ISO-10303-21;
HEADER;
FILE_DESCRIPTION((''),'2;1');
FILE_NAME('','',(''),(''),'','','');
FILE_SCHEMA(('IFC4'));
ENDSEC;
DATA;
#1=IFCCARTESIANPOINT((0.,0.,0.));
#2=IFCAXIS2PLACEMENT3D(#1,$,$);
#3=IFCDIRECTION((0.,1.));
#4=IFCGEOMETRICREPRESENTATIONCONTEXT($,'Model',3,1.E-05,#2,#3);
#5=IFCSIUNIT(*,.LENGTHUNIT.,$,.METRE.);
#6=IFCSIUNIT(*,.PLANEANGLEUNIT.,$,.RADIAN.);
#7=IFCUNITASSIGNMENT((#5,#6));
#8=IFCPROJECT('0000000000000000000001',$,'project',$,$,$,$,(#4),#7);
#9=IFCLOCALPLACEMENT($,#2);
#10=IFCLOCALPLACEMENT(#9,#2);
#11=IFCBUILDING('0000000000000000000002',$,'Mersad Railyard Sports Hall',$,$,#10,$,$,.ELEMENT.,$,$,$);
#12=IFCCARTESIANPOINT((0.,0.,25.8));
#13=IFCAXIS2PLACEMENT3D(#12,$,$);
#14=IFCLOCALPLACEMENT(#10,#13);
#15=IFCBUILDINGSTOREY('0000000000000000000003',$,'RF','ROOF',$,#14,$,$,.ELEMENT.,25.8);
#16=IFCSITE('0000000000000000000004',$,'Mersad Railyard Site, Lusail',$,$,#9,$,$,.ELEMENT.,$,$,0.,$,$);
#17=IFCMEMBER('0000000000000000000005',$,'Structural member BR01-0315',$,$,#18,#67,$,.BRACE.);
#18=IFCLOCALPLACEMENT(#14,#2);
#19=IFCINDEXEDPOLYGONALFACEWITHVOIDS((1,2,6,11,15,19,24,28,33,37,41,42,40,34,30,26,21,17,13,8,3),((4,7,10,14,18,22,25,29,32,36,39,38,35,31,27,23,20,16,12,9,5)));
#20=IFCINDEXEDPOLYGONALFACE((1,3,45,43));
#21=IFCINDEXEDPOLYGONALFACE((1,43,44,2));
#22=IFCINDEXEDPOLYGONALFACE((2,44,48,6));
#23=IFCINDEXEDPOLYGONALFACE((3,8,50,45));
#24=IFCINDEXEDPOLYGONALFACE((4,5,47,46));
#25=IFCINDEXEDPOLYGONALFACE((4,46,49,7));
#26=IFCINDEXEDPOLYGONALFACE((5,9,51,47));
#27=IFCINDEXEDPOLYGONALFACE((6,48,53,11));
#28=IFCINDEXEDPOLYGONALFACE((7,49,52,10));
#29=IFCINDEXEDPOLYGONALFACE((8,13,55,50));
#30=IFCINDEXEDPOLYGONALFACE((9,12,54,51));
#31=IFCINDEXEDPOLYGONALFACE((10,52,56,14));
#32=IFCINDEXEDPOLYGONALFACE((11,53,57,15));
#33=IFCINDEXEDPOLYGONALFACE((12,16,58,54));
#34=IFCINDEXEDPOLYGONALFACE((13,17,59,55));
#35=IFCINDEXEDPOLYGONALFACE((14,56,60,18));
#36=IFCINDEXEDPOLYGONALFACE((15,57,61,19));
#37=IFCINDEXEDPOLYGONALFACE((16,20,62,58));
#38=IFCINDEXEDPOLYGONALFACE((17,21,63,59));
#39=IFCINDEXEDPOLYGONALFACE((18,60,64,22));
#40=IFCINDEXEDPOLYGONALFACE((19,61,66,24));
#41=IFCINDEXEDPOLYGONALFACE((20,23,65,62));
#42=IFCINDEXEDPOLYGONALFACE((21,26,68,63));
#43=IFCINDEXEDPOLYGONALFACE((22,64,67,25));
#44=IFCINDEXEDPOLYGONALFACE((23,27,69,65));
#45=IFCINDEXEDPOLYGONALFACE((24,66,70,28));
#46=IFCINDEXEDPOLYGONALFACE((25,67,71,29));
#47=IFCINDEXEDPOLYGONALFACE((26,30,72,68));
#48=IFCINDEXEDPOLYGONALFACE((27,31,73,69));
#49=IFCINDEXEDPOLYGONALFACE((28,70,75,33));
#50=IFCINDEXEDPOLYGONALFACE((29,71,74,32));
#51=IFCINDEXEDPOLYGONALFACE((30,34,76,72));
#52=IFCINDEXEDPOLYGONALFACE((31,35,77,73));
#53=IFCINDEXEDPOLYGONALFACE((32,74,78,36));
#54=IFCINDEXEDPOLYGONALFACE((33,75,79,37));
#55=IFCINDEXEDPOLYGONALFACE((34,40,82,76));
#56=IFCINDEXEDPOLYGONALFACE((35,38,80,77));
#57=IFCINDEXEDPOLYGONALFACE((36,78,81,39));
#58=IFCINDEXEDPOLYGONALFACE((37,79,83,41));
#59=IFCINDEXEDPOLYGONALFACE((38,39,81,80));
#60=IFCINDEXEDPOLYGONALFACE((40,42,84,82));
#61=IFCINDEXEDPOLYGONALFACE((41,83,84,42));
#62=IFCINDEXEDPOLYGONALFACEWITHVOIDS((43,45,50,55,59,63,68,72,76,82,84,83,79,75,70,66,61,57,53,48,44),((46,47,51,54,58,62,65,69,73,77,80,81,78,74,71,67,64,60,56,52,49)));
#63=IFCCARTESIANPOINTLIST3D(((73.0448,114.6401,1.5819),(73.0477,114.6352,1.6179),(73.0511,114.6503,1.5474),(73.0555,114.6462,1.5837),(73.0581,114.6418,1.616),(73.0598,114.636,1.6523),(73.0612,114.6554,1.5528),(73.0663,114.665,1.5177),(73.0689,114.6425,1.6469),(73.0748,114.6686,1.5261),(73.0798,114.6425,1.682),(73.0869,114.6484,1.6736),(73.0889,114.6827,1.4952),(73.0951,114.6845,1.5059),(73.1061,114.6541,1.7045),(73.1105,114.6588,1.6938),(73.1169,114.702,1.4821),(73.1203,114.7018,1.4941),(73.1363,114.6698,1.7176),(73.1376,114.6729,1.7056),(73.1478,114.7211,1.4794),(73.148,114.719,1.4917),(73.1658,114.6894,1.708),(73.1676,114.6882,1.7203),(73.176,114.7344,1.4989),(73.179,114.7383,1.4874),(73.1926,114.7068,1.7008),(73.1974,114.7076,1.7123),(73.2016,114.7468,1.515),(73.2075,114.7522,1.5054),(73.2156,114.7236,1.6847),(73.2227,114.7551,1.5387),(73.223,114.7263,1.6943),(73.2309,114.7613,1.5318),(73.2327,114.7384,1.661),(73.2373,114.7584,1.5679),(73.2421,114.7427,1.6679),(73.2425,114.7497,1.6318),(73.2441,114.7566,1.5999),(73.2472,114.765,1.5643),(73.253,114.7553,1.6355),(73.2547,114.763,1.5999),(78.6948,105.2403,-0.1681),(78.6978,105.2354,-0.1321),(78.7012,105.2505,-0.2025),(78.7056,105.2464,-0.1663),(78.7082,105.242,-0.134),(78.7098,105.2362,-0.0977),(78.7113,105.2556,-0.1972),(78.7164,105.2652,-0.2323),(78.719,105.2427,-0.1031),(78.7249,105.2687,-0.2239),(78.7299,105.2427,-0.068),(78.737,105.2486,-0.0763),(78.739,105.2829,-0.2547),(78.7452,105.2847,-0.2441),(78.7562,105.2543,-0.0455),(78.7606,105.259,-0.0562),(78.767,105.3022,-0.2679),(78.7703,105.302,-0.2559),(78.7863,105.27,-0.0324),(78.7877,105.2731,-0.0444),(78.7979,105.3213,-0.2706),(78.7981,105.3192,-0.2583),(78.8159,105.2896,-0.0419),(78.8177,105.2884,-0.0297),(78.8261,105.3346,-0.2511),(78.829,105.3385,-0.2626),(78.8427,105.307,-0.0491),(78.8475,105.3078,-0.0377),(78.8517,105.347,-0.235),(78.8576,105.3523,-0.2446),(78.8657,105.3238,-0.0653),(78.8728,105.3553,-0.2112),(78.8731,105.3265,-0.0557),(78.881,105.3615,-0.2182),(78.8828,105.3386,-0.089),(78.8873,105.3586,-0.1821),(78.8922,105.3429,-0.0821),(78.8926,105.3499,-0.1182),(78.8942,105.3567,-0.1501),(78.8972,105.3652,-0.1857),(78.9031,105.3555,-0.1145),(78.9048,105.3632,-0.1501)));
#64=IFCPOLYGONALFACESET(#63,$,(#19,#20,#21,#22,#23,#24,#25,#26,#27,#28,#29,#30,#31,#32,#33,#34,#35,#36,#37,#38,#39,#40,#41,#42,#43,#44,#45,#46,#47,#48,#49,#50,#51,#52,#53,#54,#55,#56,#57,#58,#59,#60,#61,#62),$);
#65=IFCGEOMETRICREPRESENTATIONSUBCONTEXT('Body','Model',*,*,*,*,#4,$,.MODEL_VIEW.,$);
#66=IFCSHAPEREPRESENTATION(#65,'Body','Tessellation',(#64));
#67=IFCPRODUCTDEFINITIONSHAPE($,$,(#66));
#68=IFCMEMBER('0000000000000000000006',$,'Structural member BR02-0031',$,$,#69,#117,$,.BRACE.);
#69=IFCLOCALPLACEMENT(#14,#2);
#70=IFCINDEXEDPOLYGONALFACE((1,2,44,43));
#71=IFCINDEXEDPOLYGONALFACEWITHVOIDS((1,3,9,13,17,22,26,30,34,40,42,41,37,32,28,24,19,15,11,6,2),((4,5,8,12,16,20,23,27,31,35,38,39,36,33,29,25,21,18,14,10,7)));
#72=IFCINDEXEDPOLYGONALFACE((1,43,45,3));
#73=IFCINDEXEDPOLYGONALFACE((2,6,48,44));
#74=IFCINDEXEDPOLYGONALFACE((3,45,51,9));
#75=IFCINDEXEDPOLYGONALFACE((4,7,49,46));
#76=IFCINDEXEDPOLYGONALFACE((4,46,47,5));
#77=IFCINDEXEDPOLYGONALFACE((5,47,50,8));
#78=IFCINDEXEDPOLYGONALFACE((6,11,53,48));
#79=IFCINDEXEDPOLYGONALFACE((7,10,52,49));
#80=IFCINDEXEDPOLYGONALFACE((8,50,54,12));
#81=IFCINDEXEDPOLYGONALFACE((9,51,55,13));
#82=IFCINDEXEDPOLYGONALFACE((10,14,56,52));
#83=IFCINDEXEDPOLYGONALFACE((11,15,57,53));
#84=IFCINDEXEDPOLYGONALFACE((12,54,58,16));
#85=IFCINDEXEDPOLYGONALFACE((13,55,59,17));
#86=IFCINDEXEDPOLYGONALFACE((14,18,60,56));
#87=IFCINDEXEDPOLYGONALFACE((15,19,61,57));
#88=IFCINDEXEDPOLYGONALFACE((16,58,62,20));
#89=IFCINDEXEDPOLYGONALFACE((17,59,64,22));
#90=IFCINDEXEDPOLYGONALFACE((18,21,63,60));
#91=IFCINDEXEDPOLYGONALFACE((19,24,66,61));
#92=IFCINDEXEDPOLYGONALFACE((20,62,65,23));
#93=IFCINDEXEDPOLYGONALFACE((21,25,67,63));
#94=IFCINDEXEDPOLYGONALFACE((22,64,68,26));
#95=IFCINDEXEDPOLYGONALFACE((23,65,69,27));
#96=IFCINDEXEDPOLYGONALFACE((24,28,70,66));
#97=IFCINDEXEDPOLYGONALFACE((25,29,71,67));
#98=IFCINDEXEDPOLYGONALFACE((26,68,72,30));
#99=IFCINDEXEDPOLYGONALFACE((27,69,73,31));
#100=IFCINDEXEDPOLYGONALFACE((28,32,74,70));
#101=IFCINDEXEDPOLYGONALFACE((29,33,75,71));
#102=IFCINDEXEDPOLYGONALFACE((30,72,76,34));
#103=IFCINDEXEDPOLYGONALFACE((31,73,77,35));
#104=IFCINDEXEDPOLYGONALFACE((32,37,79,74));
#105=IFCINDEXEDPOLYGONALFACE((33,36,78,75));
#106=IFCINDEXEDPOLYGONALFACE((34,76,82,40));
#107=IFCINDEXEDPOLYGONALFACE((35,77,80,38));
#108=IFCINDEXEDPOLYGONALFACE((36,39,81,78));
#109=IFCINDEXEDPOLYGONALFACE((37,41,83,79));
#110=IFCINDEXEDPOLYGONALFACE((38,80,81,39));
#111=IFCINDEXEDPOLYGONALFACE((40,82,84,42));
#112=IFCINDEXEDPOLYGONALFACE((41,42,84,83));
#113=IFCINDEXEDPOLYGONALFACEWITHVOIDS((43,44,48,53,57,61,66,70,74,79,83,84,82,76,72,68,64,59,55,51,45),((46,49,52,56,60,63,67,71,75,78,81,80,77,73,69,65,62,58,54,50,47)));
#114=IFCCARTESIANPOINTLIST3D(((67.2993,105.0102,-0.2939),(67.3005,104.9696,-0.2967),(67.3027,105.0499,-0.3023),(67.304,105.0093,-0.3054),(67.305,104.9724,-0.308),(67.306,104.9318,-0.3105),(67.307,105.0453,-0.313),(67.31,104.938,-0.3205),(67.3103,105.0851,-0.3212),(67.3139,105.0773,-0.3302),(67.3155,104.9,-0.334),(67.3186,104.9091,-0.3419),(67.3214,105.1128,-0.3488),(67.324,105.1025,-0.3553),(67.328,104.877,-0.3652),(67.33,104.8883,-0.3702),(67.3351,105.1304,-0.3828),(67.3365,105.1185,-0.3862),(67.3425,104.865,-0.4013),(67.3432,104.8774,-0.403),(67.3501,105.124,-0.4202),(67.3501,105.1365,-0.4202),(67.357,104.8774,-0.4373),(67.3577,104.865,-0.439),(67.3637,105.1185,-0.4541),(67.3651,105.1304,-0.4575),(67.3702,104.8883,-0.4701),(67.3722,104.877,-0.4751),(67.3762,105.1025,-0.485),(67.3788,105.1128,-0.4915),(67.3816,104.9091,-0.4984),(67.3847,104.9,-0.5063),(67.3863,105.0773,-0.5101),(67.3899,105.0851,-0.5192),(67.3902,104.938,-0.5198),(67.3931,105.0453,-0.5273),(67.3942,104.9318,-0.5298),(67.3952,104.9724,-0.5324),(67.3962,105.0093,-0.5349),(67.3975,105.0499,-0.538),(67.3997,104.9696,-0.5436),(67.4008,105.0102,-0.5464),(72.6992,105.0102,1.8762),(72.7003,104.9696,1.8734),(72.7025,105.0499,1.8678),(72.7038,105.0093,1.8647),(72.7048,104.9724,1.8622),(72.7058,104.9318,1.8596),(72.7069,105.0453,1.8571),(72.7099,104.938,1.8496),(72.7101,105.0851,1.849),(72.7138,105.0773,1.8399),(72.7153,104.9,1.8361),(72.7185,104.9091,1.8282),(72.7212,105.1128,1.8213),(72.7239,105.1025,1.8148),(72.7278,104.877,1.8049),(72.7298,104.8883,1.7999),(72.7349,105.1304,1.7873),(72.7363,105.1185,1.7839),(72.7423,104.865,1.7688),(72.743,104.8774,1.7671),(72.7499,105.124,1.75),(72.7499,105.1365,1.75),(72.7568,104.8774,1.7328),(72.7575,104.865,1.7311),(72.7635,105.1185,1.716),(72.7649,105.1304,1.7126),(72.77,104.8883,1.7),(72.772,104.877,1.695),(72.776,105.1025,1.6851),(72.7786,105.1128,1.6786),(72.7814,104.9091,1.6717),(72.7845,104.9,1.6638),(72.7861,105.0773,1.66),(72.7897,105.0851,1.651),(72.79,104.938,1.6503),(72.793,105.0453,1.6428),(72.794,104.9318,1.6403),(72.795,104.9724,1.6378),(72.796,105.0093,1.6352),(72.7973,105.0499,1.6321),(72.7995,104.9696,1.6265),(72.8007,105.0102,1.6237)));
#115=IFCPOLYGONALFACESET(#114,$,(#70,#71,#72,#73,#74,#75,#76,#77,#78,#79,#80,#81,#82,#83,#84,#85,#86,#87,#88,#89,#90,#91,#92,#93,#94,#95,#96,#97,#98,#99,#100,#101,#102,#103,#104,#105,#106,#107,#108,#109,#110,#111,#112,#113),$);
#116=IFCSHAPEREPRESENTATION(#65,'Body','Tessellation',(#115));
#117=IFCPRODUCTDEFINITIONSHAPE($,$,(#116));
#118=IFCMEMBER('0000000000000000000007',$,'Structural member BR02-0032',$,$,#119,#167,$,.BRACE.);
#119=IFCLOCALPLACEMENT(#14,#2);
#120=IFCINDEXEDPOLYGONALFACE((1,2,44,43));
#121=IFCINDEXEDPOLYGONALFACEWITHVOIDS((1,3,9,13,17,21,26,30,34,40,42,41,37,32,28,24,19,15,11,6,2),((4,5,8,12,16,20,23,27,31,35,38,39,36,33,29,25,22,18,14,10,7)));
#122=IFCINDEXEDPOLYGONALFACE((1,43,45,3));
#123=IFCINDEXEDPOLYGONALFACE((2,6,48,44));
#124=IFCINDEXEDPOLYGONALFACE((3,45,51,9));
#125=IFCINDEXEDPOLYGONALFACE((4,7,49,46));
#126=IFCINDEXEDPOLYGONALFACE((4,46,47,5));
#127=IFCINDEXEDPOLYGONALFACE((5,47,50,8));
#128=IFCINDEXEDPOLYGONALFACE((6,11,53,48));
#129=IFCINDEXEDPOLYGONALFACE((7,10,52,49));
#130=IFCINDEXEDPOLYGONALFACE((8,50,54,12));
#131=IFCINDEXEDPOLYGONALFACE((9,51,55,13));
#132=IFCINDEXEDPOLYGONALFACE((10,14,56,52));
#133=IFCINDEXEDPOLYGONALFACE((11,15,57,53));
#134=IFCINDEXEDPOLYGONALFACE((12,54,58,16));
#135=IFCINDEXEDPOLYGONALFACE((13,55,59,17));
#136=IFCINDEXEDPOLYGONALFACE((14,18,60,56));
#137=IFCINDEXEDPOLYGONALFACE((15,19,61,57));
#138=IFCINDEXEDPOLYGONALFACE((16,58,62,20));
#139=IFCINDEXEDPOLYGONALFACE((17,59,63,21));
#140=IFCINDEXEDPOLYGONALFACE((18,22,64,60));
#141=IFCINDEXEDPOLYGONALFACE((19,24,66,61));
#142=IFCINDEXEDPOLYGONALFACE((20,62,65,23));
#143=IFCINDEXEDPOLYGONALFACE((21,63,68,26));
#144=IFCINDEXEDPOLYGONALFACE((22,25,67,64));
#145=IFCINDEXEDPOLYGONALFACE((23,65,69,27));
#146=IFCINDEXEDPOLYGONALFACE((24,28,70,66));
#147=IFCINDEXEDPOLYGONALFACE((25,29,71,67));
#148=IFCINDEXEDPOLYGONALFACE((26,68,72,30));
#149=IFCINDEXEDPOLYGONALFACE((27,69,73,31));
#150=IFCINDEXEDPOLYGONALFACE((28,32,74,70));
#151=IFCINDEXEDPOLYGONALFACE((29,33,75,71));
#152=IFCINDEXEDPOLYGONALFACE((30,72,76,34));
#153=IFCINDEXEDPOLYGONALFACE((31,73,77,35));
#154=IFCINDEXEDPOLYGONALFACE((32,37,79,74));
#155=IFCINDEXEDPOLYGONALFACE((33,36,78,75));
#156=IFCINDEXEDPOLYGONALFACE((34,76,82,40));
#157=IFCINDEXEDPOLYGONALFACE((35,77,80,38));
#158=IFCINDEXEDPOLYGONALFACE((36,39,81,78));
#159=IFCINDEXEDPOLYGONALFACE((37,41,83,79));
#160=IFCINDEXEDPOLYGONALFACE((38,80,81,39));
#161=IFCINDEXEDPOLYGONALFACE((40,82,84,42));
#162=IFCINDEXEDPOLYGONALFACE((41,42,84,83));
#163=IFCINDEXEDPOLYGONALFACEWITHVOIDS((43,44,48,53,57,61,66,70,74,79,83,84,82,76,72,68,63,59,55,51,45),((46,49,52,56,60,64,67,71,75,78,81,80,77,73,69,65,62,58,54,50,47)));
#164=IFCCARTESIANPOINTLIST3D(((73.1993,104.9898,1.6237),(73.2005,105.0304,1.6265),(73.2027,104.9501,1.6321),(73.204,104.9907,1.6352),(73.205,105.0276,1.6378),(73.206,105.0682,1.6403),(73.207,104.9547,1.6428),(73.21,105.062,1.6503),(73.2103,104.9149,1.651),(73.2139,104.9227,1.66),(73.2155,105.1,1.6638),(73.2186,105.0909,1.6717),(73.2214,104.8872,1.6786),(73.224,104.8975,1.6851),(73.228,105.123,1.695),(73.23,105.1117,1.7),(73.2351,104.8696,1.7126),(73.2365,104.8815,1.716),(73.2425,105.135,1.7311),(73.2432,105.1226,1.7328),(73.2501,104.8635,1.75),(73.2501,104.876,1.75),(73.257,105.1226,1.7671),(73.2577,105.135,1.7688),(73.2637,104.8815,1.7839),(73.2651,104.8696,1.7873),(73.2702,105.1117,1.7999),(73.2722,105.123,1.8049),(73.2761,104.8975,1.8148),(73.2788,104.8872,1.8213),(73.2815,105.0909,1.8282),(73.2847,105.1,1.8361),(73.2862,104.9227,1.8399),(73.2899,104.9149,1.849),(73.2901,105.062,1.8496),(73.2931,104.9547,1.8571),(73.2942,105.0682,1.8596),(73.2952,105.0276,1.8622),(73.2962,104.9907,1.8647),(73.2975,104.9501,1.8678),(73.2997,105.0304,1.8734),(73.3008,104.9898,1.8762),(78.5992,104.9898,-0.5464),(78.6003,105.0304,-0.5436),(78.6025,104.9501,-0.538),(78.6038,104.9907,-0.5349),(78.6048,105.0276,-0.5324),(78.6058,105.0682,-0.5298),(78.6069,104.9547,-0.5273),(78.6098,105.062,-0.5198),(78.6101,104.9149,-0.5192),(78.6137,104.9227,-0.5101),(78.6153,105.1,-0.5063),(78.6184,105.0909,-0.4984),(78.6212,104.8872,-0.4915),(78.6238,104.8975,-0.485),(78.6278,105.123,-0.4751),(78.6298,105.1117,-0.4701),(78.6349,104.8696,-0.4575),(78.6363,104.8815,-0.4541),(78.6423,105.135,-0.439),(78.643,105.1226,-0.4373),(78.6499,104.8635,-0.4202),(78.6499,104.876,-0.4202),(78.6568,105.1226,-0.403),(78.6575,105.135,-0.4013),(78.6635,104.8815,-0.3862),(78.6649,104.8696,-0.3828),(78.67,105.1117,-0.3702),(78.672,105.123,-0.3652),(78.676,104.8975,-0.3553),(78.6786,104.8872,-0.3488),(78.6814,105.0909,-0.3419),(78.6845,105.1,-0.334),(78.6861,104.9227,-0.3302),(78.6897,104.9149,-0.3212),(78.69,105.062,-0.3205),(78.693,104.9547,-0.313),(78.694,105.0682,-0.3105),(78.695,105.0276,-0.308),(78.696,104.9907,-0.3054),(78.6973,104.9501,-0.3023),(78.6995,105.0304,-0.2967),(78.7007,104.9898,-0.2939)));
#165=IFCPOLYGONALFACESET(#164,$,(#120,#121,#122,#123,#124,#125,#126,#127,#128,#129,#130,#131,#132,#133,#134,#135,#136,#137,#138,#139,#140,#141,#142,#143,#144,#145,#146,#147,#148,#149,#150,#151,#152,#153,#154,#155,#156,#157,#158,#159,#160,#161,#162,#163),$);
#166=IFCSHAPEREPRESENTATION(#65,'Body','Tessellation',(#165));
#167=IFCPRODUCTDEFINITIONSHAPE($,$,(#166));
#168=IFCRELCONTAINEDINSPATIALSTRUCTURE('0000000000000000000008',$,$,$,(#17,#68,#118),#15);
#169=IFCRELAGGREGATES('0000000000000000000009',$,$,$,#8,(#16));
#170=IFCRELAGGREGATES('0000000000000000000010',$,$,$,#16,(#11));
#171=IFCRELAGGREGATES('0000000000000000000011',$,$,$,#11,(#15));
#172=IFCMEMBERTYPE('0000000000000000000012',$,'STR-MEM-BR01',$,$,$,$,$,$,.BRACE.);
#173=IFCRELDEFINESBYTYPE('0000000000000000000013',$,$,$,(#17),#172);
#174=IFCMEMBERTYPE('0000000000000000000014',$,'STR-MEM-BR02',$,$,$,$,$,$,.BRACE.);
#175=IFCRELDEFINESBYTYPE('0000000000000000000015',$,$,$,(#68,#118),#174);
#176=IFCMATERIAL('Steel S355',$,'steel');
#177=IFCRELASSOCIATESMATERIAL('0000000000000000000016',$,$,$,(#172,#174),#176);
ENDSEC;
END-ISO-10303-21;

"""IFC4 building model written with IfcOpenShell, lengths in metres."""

from ifc_helpers import new_model, si_unit, direction, frame, origin, origin_2d, place, context, subcontext, project, spatial, hollow_circle, extrude, material, material_profile, profile_set, type_object, element, save


model = new_model("IFC4")

# Units and contexts
model_context = context("Model", 3, precision=1e-05, world=origin(), true_north=direction((0.0, 1.0)))
body_context = subcontext(model_context, "Body", "Model", "MODEL_VIEW")
ifc_project = project(units=[si_unit("LENGTHUNIT", "METRE"), si_unit("PLANEANGLEUNIT", "RADIAN")], contexts=[model_context])

# Site, building, storey
site_placement = place(None, origin())
site = spatial("IfcSite", under=ifc_project, at=site_placement, Name="Mersad Railyard Site, Lusail", CompositionType="ELEMENT", RefElevation=0.0)
building_placement = place(site_placement, origin())
building = spatial("IfcBuilding", under=site, at=building_placement, Name="Mersad Railyard Sports Hall", CompositionType="ELEMENT")
storey_placement = place(building_placement, frame((0.0, 0.0, 25.8)))
storey = spatial("IfcBuildingStorey", under=building, at=storey_placement, Name="RF", Description="ROOF", CompositionType="ELEMENT", Elevation=25.8)

# Shared definitions
ifc_material_1 = material(Name="Steel S355", Category="steel")

# Members
ifc_material_profile_1 = material_profile(ifc_material_1, hollow_circle(Radius=0.1223, WallThickness=0.0125, at=origin_2d()), Name="CHS 244.5x12.5")
ifc_profile_set_1 = profile_set([ifc_material_profile_1], Name="Steel S355")
member_type_1 = type_object("IfcMemberType", Name="STR-MEM-BR01", PredefinedType="BRACE", material=ifc_profile_set_1)
member_placement = place(storey_placement, frame((73.1499, 114.7, 1.5999), z_axis=(0.508744, -0.846375, -0.157571), x_axis=(0.857082, 0.51518, 0.0)))
element("IfcMember", 1, at=member_placement, inside=storey, type_object=member_type_1, Name="Structural member BR01-0315", PredefinedType="BRACE", context=body_context, shape_type="SweptSolid", body=[
    extrude(hollow_circle(Radius=0.1223, WallThickness=0.0125, at=origin_2d()), origin(), (0.0, 0.0, 1.0), 11.106),
])
ifc_material_profile_2 = material_profile(ifc_material_1, hollow_circle(Radius=0.1365, WallThickness=0.0125, at=origin_2d()), Name="CHS 273x12.5")
ifc_profile_set_2 = profile_set([ifc_material_profile_2], Name="Steel S355")
member_type_2 = type_object("IfcMemberType", Name="STR-MEM-BR02", PredefinedType="BRACE", material=ifc_profile_set_2)
for number, where, z_axis, x_axis, name in (
    (2, (67.3501, 105.0, -0.4202), (0.927871, 0.0, 0.372902), (0.0, 1.0, 0.0), "Structural member BR02-0031"),
    (3, (78.6499, 105.0, -0.4202), (-0.927871, 0.0, 0.372902), (0.0, -1.0, 0.0), "Structural member BR02-0032"),
):
    element("IfcMember", number, at=place(storey_placement, frame(where, z_axis=z_axis, x_axis=x_axis)), inside=storey, type_object=member_type_2, Name=name, PredefinedType="BRACE", context=body_context, shape_type="SweptSolid", body=[
        extrude(hollow_circle(Radius=0.1365, WallThickness=0.0125, at=origin_2d()), origin(), (0.0, 0.0, 1.0), 5.8196),
    ])

save(model, "model.ifc")
